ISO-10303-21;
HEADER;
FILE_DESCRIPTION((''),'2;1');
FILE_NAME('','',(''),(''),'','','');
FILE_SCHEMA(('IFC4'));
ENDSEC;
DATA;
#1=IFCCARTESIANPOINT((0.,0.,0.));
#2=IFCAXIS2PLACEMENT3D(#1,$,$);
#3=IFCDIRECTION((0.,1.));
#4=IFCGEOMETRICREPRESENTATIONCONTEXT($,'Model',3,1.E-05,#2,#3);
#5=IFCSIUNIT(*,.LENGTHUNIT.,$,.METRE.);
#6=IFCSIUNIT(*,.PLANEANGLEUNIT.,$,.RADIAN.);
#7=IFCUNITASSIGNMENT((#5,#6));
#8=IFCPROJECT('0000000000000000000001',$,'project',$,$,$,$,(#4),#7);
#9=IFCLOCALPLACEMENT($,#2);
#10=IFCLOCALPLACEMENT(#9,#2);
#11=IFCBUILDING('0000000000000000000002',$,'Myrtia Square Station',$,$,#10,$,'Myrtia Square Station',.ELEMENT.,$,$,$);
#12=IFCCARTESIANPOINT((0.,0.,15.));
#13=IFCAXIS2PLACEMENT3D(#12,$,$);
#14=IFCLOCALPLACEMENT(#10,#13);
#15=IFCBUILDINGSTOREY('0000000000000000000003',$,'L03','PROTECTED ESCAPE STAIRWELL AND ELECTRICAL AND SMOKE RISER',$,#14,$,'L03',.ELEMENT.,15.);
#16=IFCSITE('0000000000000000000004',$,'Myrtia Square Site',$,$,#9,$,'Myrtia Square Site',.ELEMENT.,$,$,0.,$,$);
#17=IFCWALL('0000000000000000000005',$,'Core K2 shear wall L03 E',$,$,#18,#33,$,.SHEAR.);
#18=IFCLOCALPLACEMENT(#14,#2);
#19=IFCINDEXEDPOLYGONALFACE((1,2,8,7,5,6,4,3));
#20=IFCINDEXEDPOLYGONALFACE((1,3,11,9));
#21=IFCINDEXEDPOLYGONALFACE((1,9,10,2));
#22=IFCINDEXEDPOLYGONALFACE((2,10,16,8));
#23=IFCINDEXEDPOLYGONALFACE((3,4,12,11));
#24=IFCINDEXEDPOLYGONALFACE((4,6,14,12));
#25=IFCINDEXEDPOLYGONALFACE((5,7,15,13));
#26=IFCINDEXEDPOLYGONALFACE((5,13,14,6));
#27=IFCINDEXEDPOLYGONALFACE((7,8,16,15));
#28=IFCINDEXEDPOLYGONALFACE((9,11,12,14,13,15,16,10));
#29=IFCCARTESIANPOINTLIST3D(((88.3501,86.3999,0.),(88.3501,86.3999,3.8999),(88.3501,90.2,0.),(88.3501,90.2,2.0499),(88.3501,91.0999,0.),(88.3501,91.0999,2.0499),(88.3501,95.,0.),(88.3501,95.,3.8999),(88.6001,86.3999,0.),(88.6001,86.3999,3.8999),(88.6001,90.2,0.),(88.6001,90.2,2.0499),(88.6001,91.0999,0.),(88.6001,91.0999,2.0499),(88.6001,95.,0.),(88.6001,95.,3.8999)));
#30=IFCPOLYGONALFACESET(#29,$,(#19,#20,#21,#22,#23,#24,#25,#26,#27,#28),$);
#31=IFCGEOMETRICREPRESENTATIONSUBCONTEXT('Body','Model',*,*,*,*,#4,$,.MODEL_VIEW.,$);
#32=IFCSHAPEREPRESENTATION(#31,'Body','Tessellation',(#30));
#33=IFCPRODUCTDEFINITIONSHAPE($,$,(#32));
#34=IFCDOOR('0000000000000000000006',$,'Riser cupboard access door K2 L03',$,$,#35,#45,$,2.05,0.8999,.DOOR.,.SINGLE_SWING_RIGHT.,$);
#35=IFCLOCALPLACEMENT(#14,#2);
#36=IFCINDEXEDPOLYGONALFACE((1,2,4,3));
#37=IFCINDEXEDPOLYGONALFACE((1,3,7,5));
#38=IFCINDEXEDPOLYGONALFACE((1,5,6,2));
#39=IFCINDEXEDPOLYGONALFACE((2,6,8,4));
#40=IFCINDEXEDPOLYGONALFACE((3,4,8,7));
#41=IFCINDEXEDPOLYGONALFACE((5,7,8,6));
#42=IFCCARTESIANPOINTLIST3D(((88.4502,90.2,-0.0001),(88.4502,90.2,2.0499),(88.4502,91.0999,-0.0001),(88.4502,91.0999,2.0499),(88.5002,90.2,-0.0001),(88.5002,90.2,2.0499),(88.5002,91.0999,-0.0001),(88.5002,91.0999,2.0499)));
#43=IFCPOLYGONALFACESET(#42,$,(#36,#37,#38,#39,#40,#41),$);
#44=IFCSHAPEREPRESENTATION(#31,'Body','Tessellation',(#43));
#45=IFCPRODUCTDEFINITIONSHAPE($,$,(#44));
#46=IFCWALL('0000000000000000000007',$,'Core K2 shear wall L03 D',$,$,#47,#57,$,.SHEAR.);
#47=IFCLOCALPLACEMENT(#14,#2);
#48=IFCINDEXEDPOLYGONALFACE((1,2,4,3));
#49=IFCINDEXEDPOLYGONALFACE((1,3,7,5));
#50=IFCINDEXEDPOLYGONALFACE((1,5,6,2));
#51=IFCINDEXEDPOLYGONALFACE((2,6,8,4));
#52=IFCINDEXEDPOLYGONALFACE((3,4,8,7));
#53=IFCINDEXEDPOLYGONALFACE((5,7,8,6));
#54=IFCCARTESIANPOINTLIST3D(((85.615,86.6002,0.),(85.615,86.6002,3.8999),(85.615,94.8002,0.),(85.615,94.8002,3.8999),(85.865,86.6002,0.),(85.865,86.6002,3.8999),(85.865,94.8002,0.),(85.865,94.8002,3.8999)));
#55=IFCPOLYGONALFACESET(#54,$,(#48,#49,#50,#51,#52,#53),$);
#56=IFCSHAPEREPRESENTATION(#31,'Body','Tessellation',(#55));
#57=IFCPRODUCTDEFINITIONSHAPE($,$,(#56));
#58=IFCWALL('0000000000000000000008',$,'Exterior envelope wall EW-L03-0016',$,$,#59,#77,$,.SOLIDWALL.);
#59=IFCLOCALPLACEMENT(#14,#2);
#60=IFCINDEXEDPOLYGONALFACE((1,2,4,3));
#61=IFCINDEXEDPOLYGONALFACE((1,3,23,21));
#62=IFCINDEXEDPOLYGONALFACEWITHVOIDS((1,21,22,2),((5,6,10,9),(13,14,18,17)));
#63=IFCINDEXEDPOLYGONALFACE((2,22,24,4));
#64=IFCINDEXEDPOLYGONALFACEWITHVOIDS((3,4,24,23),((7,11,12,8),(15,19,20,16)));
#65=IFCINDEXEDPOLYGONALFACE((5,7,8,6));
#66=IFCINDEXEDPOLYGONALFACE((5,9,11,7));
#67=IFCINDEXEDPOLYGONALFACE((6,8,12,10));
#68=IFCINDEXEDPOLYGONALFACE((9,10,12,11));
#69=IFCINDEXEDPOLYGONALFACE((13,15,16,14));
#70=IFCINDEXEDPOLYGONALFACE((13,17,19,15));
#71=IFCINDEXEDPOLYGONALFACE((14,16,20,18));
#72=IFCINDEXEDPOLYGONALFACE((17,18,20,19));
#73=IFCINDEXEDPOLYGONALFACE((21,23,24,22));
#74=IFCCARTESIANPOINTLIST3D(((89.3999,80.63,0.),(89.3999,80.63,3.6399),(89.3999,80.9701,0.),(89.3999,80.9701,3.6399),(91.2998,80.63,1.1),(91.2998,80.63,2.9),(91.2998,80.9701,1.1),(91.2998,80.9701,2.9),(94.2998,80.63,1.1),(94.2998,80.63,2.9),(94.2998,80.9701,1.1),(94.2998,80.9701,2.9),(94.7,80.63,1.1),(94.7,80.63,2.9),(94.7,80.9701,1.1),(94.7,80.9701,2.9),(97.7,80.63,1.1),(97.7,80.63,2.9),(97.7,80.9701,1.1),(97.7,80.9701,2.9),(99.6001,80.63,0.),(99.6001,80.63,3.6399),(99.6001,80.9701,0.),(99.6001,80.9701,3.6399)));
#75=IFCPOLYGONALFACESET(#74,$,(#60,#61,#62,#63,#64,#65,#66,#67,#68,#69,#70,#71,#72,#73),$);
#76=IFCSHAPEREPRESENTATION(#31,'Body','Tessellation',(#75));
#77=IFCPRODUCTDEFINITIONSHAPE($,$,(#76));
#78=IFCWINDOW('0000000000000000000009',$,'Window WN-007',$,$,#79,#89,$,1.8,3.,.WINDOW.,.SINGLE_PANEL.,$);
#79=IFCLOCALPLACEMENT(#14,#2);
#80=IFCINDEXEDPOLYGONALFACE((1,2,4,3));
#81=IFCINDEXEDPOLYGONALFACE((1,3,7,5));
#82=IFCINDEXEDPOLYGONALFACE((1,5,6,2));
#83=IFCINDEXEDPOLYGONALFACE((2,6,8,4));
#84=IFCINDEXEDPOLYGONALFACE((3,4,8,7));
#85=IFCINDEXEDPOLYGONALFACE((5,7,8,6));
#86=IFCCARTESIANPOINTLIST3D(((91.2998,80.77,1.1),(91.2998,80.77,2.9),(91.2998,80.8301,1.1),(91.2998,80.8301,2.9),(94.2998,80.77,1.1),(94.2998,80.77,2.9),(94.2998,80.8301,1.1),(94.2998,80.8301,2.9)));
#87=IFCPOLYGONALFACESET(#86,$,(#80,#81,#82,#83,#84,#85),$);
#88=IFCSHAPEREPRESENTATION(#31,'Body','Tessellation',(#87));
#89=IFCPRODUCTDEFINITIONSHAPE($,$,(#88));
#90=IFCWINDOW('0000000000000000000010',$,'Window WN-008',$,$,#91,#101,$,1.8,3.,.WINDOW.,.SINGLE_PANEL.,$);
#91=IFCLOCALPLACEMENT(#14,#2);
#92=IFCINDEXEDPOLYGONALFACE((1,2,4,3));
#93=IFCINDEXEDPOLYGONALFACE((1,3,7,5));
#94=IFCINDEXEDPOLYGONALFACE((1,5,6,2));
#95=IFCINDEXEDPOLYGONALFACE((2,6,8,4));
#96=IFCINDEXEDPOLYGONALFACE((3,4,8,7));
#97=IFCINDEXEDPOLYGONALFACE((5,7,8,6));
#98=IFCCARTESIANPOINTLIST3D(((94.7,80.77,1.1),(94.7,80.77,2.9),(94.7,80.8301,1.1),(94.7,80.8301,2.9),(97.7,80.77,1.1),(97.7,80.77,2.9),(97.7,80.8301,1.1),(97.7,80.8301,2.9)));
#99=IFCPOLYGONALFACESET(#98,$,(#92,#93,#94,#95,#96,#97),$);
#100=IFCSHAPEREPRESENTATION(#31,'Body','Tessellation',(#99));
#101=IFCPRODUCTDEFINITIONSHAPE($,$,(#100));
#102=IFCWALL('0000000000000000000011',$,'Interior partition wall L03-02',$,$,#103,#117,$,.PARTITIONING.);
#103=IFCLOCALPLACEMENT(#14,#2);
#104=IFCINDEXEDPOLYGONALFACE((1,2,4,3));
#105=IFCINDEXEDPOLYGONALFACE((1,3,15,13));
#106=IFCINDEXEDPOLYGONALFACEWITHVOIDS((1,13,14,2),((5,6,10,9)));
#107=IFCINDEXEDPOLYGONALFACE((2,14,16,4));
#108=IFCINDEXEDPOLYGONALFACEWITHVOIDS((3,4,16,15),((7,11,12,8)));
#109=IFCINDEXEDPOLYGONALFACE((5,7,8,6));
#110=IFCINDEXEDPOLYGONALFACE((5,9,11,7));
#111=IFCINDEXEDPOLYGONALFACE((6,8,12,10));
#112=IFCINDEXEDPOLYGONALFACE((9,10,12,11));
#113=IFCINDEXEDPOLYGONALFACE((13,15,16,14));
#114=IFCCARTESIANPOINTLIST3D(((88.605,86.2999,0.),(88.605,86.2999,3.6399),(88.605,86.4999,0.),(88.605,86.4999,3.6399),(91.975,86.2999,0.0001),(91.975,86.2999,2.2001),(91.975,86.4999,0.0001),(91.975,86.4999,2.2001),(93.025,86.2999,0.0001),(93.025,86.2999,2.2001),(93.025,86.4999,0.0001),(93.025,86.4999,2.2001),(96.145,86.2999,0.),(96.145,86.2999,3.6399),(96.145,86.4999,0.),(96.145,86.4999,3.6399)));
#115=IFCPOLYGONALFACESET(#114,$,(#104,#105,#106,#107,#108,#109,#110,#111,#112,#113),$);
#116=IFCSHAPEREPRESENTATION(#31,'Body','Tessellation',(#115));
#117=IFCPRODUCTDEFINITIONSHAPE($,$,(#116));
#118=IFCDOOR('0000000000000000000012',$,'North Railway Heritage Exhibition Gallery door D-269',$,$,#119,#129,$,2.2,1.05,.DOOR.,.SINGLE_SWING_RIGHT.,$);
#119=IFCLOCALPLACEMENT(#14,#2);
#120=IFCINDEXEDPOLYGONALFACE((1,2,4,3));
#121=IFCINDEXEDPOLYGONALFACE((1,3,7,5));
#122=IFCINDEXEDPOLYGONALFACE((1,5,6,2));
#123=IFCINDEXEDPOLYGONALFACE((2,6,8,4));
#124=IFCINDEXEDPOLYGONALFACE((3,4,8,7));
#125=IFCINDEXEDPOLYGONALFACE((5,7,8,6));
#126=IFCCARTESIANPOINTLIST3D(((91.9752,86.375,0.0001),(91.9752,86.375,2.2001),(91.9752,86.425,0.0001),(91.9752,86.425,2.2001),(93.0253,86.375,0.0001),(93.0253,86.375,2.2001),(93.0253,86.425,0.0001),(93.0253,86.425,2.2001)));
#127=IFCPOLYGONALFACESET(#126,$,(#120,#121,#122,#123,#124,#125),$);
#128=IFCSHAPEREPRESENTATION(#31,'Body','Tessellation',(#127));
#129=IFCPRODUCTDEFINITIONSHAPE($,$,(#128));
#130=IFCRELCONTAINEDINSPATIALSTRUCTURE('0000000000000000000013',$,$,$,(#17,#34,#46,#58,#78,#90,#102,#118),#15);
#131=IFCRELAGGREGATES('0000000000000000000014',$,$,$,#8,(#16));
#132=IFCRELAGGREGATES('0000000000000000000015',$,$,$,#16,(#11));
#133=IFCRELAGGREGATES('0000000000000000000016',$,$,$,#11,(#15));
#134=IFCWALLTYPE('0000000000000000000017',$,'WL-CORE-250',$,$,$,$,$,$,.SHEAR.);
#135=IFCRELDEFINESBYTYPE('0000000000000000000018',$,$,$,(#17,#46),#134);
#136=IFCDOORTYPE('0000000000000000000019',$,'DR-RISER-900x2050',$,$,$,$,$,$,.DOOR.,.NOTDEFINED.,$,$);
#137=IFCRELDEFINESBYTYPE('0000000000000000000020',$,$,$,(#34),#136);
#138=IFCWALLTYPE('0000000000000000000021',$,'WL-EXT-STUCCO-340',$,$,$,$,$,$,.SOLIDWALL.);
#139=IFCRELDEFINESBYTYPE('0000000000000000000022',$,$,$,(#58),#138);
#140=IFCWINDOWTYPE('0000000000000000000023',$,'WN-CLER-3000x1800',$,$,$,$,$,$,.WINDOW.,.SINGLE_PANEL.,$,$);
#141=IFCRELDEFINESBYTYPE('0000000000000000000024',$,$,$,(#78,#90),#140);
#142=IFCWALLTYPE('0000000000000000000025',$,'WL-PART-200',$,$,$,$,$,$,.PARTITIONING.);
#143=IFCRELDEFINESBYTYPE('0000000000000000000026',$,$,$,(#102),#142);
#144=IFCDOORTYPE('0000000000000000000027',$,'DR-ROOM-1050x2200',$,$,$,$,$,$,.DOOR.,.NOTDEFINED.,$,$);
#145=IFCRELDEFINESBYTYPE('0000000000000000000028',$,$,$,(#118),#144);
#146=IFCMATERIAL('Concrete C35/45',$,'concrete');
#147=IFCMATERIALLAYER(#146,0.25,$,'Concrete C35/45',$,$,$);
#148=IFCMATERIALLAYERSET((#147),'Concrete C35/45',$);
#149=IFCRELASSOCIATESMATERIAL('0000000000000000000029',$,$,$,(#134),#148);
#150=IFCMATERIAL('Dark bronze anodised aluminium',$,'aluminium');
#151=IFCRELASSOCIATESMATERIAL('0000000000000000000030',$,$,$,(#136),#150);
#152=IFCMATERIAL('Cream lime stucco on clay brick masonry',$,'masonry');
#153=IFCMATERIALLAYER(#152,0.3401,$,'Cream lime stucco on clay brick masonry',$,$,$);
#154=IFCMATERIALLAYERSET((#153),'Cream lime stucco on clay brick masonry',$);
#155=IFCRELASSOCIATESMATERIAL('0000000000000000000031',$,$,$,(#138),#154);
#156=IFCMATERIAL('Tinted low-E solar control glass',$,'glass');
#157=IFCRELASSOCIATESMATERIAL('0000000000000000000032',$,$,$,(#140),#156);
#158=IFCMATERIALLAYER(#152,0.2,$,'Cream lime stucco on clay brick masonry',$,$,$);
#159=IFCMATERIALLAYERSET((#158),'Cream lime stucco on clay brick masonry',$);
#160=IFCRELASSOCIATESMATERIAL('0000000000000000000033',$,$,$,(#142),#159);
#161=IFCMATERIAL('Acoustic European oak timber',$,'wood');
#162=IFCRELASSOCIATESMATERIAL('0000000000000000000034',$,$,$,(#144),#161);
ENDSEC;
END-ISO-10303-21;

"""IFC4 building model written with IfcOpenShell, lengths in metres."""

from ifc_helpers import new_model, si_unit, direction, frame, frame_2d, origin, place, context, subcontext, project, spatial, rectangle, extrude, material, layer, layer_set, type_object, element, fill, save


model = new_model("IFC4")

# Units and contexts
model_context = context("Model", 3, precision=1e-05, world=origin(), true_north=direction((0.0, 1.0)))
body_context = subcontext(model_context, "Body", "Model", "MODEL_VIEW")
ifc_project = project(units=[si_unit("LENGTHUNIT", "METRE"), si_unit("PLANEANGLEUNIT", "RADIAN")], contexts=[model_context])

# Site, building, storey
site_placement = place(None, origin())
site = spatial("IfcSite", under=ifc_project, at=site_placement, Name="Myrtia Square Site", LongName="Myrtia Square Site", CompositionType="ELEMENT", RefElevation=0.0)
building_placement = place(site_placement, origin())
building = spatial("IfcBuilding", under=site, at=building_placement, Name="Myrtia Square Station", LongName="Myrtia Square Station", CompositionType="ELEMENT")
storey_placement = place(building_placement, frame((0.0, 0.0, 15.0)))
storey = spatial("IfcBuildingStorey", under=building, at=storey_placement, Name="L03", Description="PROTECTED ESCAPE STAIRWELL AND ELECTRICAL AND SMOKE RISER", LongName="L03", CompositionType="ELEMENT", Elevation=15.0)

# Shared definitions
ifc_material_1 = material(Name="Dark bronze anodised aluminium", Category="aluminium")
ifc_material_2 = material(Name="Tinted low-E solar control glass", Category="glass")

# Shared definitions
ifc_material_3 = material(Name="Concrete C35/45", Category="concrete")
ifc_layer_1 = layer(ifc_material_3, 0.25, Name="Concrete C35/45")
ifc_layer_set_1 = layer_set([ifc_layer_1], Name="Concrete C35/45")
wall_type_1 = type_object("IfcWallType", Name="WL-CORE-250", PredefinedType="SHEAR", material=ifc_layer_set_1)

# Wall, opening, door
wall_1_placement = place(storey_placement, frame((88.4751, 86.3999, 0.0), z_axis=(0.0, 0.0, 1.0), x_axis=(0.0, 1.0, 0.0)))
wall_1 = element("IfcWall", 1, at=wall_1_placement, inside=storey, type_object=wall_type_1, Name="Core K2 shear wall L03 E", PredefinedType="SHEAR", context=body_context, shape_type="SweptSolid", body=[
    extrude(rectangle(XDim=8.6001, YDim=0.25, at=frame_2d((4.3, 0.0))), origin(), (0.0, 0.0, 1.0), 3.8999),
])
opening_1_placement = place(wall_1_placement, frame((3.8, 0.0, 0.0)))
opening_1 = element("IfcOpeningElement", 2, at=opening_1_placement, cuts=wall_1, PredefinedType="OPENING", context=body_context, shape_type="SweptSolid", body=[
    extrude(rectangle(XDim=0.8999, YDim=2.05, at=frame_2d((0.45, 1.0249))), frame((0.0, 0.1399, 0.0), z_axis=(0.0, -1.0, 0.0), x_axis=(1.0, 0.0, 0.0)), (0.0, 0.0, 1.0), 0.28),
])
door_type_1 = type_object("IfcDoorType", Name="DR-RISER-900x2050", OperationType="NOTDEFINED", PredefinedType="DOOR", material=ifc_material_1)
door_1_placement = place(opening_1_placement, origin())
door_1 = element("IfcDoor", 3, at=door_1_placement, inside=storey, type_object=door_type_1, Name="Riser cupboard access door K2 L03", OperationType="SINGLE_SWING_RIGHT", OverallHeight=2.05, OverallWidth=0.8999, PredefinedType="DOOR", context=body_context, shape_type="SweptSolid", body=[
    extrude(rectangle(XDim=0.8999, YDim=2.05, at=frame_2d((0.45, 1.0249))), frame((0.0, 0.0249, 0.0), z_axis=(0.0, -1.0, 0.0), x_axis=(1.0, 0.0, 0.0)), (0.0, 0.0, 1.0), 0.05),
])
fill(opening_1, door_1)

# Wall
wall_2_placement = place(storey_placement, frame((85.74, 86.6001, 0.0), z_axis=(0.0, 0.0, 1.0), x_axis=(0.0, 1.0, 0.0)))
element("IfcWall", 4, at=wall_2_placement, inside=storey, type_object=wall_type_1, Name="Core K2 shear wall L03 D", PredefinedType="SHEAR", context=body_context, shape_type="SweptSolid", body=[
    extrude(rectangle(XDim=8.2, YDim=0.25, at=frame_2d((4.1001, 0.0))), origin(), (0.0, 0.0, 1.0), 3.8999),
])

# Wall, openings, windows
ifc_material_4 = material(Name="Cream lime stucco on clay brick masonry", Category="masonry")
ifc_layer_2 = layer(ifc_material_4, 0.3401, Name="Cream lime stucco on clay brick masonry")
ifc_layer_set_2 = layer_set([ifc_layer_2], Name="Cream lime stucco on clay brick masonry")
wall_type_2 = type_object("IfcWallType", Name="WL-EXT-STUCCO-340", PredefinedType="SOLIDWALL", material=ifc_layer_set_2)
wall_3_placement = place(storey_placement, frame((89.3999, 80.8, 0.0), z_axis=(0.0, 0.0, 1.0), x_axis=(1.0, 0.0, 0.0)))
wall_3 = element("IfcWall", 5, at=wall_3_placement, inside=storey, type_object=wall_type_2, Name="Exterior envelope wall EW-L03-0016", PredefinedType="SOLIDWALL", context=body_context, shape_type="SweptSolid", body=[
    extrude(rectangle(XDim=10.2002, YDim=0.3401, at=frame_2d((5.1001, 0.0))), origin(), (0.0, 0.0, 1.0), 3.6399),
])
opening_2_placement = place(wall_3_placement, frame((1.8999, 0.0, 1.1001)))
opening_2 = element("IfcOpeningElement", 6, at=opening_2_placement, cuts=wall_3, PredefinedType="OPENING", context=body_context, shape_type="SweptSolid", body=[
    extrude(rectangle(XDim=3.0, YDim=1.8, at=frame_2d((1.5, 0.8999))), frame((0.0, 0.1851, 0.0), z_axis=(0.0, -1.0, 0.0), x_axis=(1.0, 0.0, 0.0)), (0.0, 0.0, 1.0), 0.3701),
])
opening_3_placement = place(wall_3_placement, frame((5.3, 0.0, 1.1001)))
opening_3 = element("IfcOpeningElement", 7, at=opening_3_placement, cuts=wall_3, PredefinedType="OPENING", context=body_context, shape_type="SweptSolid", body=[
    extrude(rectangle(XDim=3.0, YDim=1.8, at=frame_2d((1.5, 0.8999))), frame((0.0, 0.1851, 0.0), z_axis=(0.0, -1.0, 0.0), x_axis=(1.0, 0.0, 0.0)), (0.0, 0.0, 1.0), 0.3701),
])
window_type = type_object("IfcWindowType", Name="WN-CLER-3000x1800", PartitioningType="SINGLE_PANEL", PredefinedType="WINDOW", material=ifc_material_2)
window_1_placement = place(opening_2_placement, origin())
window_1 = element("IfcWindow", 8, at=window_1_placement, inside=storey, type_object=window_type, Name="Window WN-007", OverallHeight=1.8, OverallWidth=3.0, PartitioningType="SINGLE_PANEL", PredefinedType="WINDOW", context=body_context, shape_type="SweptSolid", body=[
    extrude(rectangle(XDim=3.0, YDim=1.8, at=frame_2d((1.5, 0.8999))), frame((0.0, 0.03, 0.0), z_axis=(0.0, -1.0, 0.0), x_axis=(1.0, 0.0, 0.0)), (0.0, 0.0, 1.0), 0.0601),
])
fill(opening_2, window_1)
window_2_placement = place(opening_3_placement, origin())
window_2 = element("IfcWindow", 9, at=window_2_placement, inside=storey, type_object=window_type, Name="Window WN-008", OverallHeight=1.8, OverallWidth=3.0, PartitioningType="SINGLE_PANEL", PredefinedType="WINDOW", context=body_context, shape_type="SweptSolid", body=[
    extrude(rectangle(XDim=3.0, YDim=1.8, at=frame_2d((1.5, 0.8999))), frame((0.0, 0.03, 0.0), z_axis=(0.0, -1.0, 0.0), x_axis=(1.0, 0.0, 0.0)), (0.0, 0.0, 1.0), 0.0601),
])
fill(opening_3, window_2)

# Wall, opening, door
ifc_layer_3 = layer(ifc_material_4, 0.2, Name="Cream lime stucco on clay brick masonry")
ifc_layer_set_3 = layer_set([ifc_layer_3], Name="Cream lime stucco on clay brick masonry")
wall_type_3 = type_object("IfcWallType", Name="WL-PART-200", PredefinedType="PARTITIONING", material=ifc_layer_set_3)
wall_4_placement = place(storey_placement, frame((88.605, 86.3999, 0.0), z_axis=(0.0, 0.0, 1.0), x_axis=(1.0, 0.0, 0.0)))
wall_4 = element("IfcWall", 10, at=wall_4_placement, inside=storey, type_object=wall_type_3, Name="Interior partition wall L03-02", PredefinedType="PARTITIONING", context=body_context, shape_type="SweptSolid", body=[
    extrude(rectangle(XDim=7.54, YDim=0.2, at=frame_2d((3.77, 0.0))), origin(), (0.0, 0.0, 1.0), 3.6399),
])
opening_4_placement = place(wall_4_placement, frame((3.3701, 0.0, 0.0)))
opening_4 = element("IfcOpeningElement", 11, at=opening_4_placement, cuts=wall_4, PredefinedType="OPENING", context=body_context, shape_type="SweptSolid", body=[
    extrude(rectangle(XDim=1.05, YDim=2.2, at=frame_2d((0.5249, 1.1001))), frame((0.0, 0.115, 0.0), z_axis=(0.0, -1.0, 0.0), x_axis=(1.0, 0.0, 0.0)), (0.0, 0.0, 1.0), 0.23),
])
ifc_material_5 = material(Name="Acoustic European oak timber", Category="wood")
door_type_2 = type_object("IfcDoorType", Name="DR-ROOM-1050x2200", OperationType="NOTDEFINED", PredefinedType="DOOR", material=ifc_material_5)
door_2_placement = place(opening_4_placement, frame((1.05, 0.0, 0.0), z_axis=(0.0, 0.0, 1.0), x_axis=(-1.0, 0.0, 0.0)))
door_2 = element("IfcDoor", 12, at=door_2_placement, inside=storey, type_object=door_type_2, Name="North Railway Heritage Exhibition Gallery door D-269", OperationType="SINGLE_SWING_RIGHT", OverallHeight=2.2, OverallWidth=1.05, PredefinedType="DOOR", context=body_context, shape_type="SweptSolid", body=[
    extrude(rectangle(XDim=1.05, YDim=2.2, at=frame_2d((0.5249, 1.1001))), frame((0.0, 0.0249, 0.0), z_axis=(0.0, -1.0, 0.0), x_axis=(1.0, 0.0, 0.0)), (0.0, 0.0, 1.0), 0.05),
])
fill(opening_4, door_2)

save(model, "model.ifc")
